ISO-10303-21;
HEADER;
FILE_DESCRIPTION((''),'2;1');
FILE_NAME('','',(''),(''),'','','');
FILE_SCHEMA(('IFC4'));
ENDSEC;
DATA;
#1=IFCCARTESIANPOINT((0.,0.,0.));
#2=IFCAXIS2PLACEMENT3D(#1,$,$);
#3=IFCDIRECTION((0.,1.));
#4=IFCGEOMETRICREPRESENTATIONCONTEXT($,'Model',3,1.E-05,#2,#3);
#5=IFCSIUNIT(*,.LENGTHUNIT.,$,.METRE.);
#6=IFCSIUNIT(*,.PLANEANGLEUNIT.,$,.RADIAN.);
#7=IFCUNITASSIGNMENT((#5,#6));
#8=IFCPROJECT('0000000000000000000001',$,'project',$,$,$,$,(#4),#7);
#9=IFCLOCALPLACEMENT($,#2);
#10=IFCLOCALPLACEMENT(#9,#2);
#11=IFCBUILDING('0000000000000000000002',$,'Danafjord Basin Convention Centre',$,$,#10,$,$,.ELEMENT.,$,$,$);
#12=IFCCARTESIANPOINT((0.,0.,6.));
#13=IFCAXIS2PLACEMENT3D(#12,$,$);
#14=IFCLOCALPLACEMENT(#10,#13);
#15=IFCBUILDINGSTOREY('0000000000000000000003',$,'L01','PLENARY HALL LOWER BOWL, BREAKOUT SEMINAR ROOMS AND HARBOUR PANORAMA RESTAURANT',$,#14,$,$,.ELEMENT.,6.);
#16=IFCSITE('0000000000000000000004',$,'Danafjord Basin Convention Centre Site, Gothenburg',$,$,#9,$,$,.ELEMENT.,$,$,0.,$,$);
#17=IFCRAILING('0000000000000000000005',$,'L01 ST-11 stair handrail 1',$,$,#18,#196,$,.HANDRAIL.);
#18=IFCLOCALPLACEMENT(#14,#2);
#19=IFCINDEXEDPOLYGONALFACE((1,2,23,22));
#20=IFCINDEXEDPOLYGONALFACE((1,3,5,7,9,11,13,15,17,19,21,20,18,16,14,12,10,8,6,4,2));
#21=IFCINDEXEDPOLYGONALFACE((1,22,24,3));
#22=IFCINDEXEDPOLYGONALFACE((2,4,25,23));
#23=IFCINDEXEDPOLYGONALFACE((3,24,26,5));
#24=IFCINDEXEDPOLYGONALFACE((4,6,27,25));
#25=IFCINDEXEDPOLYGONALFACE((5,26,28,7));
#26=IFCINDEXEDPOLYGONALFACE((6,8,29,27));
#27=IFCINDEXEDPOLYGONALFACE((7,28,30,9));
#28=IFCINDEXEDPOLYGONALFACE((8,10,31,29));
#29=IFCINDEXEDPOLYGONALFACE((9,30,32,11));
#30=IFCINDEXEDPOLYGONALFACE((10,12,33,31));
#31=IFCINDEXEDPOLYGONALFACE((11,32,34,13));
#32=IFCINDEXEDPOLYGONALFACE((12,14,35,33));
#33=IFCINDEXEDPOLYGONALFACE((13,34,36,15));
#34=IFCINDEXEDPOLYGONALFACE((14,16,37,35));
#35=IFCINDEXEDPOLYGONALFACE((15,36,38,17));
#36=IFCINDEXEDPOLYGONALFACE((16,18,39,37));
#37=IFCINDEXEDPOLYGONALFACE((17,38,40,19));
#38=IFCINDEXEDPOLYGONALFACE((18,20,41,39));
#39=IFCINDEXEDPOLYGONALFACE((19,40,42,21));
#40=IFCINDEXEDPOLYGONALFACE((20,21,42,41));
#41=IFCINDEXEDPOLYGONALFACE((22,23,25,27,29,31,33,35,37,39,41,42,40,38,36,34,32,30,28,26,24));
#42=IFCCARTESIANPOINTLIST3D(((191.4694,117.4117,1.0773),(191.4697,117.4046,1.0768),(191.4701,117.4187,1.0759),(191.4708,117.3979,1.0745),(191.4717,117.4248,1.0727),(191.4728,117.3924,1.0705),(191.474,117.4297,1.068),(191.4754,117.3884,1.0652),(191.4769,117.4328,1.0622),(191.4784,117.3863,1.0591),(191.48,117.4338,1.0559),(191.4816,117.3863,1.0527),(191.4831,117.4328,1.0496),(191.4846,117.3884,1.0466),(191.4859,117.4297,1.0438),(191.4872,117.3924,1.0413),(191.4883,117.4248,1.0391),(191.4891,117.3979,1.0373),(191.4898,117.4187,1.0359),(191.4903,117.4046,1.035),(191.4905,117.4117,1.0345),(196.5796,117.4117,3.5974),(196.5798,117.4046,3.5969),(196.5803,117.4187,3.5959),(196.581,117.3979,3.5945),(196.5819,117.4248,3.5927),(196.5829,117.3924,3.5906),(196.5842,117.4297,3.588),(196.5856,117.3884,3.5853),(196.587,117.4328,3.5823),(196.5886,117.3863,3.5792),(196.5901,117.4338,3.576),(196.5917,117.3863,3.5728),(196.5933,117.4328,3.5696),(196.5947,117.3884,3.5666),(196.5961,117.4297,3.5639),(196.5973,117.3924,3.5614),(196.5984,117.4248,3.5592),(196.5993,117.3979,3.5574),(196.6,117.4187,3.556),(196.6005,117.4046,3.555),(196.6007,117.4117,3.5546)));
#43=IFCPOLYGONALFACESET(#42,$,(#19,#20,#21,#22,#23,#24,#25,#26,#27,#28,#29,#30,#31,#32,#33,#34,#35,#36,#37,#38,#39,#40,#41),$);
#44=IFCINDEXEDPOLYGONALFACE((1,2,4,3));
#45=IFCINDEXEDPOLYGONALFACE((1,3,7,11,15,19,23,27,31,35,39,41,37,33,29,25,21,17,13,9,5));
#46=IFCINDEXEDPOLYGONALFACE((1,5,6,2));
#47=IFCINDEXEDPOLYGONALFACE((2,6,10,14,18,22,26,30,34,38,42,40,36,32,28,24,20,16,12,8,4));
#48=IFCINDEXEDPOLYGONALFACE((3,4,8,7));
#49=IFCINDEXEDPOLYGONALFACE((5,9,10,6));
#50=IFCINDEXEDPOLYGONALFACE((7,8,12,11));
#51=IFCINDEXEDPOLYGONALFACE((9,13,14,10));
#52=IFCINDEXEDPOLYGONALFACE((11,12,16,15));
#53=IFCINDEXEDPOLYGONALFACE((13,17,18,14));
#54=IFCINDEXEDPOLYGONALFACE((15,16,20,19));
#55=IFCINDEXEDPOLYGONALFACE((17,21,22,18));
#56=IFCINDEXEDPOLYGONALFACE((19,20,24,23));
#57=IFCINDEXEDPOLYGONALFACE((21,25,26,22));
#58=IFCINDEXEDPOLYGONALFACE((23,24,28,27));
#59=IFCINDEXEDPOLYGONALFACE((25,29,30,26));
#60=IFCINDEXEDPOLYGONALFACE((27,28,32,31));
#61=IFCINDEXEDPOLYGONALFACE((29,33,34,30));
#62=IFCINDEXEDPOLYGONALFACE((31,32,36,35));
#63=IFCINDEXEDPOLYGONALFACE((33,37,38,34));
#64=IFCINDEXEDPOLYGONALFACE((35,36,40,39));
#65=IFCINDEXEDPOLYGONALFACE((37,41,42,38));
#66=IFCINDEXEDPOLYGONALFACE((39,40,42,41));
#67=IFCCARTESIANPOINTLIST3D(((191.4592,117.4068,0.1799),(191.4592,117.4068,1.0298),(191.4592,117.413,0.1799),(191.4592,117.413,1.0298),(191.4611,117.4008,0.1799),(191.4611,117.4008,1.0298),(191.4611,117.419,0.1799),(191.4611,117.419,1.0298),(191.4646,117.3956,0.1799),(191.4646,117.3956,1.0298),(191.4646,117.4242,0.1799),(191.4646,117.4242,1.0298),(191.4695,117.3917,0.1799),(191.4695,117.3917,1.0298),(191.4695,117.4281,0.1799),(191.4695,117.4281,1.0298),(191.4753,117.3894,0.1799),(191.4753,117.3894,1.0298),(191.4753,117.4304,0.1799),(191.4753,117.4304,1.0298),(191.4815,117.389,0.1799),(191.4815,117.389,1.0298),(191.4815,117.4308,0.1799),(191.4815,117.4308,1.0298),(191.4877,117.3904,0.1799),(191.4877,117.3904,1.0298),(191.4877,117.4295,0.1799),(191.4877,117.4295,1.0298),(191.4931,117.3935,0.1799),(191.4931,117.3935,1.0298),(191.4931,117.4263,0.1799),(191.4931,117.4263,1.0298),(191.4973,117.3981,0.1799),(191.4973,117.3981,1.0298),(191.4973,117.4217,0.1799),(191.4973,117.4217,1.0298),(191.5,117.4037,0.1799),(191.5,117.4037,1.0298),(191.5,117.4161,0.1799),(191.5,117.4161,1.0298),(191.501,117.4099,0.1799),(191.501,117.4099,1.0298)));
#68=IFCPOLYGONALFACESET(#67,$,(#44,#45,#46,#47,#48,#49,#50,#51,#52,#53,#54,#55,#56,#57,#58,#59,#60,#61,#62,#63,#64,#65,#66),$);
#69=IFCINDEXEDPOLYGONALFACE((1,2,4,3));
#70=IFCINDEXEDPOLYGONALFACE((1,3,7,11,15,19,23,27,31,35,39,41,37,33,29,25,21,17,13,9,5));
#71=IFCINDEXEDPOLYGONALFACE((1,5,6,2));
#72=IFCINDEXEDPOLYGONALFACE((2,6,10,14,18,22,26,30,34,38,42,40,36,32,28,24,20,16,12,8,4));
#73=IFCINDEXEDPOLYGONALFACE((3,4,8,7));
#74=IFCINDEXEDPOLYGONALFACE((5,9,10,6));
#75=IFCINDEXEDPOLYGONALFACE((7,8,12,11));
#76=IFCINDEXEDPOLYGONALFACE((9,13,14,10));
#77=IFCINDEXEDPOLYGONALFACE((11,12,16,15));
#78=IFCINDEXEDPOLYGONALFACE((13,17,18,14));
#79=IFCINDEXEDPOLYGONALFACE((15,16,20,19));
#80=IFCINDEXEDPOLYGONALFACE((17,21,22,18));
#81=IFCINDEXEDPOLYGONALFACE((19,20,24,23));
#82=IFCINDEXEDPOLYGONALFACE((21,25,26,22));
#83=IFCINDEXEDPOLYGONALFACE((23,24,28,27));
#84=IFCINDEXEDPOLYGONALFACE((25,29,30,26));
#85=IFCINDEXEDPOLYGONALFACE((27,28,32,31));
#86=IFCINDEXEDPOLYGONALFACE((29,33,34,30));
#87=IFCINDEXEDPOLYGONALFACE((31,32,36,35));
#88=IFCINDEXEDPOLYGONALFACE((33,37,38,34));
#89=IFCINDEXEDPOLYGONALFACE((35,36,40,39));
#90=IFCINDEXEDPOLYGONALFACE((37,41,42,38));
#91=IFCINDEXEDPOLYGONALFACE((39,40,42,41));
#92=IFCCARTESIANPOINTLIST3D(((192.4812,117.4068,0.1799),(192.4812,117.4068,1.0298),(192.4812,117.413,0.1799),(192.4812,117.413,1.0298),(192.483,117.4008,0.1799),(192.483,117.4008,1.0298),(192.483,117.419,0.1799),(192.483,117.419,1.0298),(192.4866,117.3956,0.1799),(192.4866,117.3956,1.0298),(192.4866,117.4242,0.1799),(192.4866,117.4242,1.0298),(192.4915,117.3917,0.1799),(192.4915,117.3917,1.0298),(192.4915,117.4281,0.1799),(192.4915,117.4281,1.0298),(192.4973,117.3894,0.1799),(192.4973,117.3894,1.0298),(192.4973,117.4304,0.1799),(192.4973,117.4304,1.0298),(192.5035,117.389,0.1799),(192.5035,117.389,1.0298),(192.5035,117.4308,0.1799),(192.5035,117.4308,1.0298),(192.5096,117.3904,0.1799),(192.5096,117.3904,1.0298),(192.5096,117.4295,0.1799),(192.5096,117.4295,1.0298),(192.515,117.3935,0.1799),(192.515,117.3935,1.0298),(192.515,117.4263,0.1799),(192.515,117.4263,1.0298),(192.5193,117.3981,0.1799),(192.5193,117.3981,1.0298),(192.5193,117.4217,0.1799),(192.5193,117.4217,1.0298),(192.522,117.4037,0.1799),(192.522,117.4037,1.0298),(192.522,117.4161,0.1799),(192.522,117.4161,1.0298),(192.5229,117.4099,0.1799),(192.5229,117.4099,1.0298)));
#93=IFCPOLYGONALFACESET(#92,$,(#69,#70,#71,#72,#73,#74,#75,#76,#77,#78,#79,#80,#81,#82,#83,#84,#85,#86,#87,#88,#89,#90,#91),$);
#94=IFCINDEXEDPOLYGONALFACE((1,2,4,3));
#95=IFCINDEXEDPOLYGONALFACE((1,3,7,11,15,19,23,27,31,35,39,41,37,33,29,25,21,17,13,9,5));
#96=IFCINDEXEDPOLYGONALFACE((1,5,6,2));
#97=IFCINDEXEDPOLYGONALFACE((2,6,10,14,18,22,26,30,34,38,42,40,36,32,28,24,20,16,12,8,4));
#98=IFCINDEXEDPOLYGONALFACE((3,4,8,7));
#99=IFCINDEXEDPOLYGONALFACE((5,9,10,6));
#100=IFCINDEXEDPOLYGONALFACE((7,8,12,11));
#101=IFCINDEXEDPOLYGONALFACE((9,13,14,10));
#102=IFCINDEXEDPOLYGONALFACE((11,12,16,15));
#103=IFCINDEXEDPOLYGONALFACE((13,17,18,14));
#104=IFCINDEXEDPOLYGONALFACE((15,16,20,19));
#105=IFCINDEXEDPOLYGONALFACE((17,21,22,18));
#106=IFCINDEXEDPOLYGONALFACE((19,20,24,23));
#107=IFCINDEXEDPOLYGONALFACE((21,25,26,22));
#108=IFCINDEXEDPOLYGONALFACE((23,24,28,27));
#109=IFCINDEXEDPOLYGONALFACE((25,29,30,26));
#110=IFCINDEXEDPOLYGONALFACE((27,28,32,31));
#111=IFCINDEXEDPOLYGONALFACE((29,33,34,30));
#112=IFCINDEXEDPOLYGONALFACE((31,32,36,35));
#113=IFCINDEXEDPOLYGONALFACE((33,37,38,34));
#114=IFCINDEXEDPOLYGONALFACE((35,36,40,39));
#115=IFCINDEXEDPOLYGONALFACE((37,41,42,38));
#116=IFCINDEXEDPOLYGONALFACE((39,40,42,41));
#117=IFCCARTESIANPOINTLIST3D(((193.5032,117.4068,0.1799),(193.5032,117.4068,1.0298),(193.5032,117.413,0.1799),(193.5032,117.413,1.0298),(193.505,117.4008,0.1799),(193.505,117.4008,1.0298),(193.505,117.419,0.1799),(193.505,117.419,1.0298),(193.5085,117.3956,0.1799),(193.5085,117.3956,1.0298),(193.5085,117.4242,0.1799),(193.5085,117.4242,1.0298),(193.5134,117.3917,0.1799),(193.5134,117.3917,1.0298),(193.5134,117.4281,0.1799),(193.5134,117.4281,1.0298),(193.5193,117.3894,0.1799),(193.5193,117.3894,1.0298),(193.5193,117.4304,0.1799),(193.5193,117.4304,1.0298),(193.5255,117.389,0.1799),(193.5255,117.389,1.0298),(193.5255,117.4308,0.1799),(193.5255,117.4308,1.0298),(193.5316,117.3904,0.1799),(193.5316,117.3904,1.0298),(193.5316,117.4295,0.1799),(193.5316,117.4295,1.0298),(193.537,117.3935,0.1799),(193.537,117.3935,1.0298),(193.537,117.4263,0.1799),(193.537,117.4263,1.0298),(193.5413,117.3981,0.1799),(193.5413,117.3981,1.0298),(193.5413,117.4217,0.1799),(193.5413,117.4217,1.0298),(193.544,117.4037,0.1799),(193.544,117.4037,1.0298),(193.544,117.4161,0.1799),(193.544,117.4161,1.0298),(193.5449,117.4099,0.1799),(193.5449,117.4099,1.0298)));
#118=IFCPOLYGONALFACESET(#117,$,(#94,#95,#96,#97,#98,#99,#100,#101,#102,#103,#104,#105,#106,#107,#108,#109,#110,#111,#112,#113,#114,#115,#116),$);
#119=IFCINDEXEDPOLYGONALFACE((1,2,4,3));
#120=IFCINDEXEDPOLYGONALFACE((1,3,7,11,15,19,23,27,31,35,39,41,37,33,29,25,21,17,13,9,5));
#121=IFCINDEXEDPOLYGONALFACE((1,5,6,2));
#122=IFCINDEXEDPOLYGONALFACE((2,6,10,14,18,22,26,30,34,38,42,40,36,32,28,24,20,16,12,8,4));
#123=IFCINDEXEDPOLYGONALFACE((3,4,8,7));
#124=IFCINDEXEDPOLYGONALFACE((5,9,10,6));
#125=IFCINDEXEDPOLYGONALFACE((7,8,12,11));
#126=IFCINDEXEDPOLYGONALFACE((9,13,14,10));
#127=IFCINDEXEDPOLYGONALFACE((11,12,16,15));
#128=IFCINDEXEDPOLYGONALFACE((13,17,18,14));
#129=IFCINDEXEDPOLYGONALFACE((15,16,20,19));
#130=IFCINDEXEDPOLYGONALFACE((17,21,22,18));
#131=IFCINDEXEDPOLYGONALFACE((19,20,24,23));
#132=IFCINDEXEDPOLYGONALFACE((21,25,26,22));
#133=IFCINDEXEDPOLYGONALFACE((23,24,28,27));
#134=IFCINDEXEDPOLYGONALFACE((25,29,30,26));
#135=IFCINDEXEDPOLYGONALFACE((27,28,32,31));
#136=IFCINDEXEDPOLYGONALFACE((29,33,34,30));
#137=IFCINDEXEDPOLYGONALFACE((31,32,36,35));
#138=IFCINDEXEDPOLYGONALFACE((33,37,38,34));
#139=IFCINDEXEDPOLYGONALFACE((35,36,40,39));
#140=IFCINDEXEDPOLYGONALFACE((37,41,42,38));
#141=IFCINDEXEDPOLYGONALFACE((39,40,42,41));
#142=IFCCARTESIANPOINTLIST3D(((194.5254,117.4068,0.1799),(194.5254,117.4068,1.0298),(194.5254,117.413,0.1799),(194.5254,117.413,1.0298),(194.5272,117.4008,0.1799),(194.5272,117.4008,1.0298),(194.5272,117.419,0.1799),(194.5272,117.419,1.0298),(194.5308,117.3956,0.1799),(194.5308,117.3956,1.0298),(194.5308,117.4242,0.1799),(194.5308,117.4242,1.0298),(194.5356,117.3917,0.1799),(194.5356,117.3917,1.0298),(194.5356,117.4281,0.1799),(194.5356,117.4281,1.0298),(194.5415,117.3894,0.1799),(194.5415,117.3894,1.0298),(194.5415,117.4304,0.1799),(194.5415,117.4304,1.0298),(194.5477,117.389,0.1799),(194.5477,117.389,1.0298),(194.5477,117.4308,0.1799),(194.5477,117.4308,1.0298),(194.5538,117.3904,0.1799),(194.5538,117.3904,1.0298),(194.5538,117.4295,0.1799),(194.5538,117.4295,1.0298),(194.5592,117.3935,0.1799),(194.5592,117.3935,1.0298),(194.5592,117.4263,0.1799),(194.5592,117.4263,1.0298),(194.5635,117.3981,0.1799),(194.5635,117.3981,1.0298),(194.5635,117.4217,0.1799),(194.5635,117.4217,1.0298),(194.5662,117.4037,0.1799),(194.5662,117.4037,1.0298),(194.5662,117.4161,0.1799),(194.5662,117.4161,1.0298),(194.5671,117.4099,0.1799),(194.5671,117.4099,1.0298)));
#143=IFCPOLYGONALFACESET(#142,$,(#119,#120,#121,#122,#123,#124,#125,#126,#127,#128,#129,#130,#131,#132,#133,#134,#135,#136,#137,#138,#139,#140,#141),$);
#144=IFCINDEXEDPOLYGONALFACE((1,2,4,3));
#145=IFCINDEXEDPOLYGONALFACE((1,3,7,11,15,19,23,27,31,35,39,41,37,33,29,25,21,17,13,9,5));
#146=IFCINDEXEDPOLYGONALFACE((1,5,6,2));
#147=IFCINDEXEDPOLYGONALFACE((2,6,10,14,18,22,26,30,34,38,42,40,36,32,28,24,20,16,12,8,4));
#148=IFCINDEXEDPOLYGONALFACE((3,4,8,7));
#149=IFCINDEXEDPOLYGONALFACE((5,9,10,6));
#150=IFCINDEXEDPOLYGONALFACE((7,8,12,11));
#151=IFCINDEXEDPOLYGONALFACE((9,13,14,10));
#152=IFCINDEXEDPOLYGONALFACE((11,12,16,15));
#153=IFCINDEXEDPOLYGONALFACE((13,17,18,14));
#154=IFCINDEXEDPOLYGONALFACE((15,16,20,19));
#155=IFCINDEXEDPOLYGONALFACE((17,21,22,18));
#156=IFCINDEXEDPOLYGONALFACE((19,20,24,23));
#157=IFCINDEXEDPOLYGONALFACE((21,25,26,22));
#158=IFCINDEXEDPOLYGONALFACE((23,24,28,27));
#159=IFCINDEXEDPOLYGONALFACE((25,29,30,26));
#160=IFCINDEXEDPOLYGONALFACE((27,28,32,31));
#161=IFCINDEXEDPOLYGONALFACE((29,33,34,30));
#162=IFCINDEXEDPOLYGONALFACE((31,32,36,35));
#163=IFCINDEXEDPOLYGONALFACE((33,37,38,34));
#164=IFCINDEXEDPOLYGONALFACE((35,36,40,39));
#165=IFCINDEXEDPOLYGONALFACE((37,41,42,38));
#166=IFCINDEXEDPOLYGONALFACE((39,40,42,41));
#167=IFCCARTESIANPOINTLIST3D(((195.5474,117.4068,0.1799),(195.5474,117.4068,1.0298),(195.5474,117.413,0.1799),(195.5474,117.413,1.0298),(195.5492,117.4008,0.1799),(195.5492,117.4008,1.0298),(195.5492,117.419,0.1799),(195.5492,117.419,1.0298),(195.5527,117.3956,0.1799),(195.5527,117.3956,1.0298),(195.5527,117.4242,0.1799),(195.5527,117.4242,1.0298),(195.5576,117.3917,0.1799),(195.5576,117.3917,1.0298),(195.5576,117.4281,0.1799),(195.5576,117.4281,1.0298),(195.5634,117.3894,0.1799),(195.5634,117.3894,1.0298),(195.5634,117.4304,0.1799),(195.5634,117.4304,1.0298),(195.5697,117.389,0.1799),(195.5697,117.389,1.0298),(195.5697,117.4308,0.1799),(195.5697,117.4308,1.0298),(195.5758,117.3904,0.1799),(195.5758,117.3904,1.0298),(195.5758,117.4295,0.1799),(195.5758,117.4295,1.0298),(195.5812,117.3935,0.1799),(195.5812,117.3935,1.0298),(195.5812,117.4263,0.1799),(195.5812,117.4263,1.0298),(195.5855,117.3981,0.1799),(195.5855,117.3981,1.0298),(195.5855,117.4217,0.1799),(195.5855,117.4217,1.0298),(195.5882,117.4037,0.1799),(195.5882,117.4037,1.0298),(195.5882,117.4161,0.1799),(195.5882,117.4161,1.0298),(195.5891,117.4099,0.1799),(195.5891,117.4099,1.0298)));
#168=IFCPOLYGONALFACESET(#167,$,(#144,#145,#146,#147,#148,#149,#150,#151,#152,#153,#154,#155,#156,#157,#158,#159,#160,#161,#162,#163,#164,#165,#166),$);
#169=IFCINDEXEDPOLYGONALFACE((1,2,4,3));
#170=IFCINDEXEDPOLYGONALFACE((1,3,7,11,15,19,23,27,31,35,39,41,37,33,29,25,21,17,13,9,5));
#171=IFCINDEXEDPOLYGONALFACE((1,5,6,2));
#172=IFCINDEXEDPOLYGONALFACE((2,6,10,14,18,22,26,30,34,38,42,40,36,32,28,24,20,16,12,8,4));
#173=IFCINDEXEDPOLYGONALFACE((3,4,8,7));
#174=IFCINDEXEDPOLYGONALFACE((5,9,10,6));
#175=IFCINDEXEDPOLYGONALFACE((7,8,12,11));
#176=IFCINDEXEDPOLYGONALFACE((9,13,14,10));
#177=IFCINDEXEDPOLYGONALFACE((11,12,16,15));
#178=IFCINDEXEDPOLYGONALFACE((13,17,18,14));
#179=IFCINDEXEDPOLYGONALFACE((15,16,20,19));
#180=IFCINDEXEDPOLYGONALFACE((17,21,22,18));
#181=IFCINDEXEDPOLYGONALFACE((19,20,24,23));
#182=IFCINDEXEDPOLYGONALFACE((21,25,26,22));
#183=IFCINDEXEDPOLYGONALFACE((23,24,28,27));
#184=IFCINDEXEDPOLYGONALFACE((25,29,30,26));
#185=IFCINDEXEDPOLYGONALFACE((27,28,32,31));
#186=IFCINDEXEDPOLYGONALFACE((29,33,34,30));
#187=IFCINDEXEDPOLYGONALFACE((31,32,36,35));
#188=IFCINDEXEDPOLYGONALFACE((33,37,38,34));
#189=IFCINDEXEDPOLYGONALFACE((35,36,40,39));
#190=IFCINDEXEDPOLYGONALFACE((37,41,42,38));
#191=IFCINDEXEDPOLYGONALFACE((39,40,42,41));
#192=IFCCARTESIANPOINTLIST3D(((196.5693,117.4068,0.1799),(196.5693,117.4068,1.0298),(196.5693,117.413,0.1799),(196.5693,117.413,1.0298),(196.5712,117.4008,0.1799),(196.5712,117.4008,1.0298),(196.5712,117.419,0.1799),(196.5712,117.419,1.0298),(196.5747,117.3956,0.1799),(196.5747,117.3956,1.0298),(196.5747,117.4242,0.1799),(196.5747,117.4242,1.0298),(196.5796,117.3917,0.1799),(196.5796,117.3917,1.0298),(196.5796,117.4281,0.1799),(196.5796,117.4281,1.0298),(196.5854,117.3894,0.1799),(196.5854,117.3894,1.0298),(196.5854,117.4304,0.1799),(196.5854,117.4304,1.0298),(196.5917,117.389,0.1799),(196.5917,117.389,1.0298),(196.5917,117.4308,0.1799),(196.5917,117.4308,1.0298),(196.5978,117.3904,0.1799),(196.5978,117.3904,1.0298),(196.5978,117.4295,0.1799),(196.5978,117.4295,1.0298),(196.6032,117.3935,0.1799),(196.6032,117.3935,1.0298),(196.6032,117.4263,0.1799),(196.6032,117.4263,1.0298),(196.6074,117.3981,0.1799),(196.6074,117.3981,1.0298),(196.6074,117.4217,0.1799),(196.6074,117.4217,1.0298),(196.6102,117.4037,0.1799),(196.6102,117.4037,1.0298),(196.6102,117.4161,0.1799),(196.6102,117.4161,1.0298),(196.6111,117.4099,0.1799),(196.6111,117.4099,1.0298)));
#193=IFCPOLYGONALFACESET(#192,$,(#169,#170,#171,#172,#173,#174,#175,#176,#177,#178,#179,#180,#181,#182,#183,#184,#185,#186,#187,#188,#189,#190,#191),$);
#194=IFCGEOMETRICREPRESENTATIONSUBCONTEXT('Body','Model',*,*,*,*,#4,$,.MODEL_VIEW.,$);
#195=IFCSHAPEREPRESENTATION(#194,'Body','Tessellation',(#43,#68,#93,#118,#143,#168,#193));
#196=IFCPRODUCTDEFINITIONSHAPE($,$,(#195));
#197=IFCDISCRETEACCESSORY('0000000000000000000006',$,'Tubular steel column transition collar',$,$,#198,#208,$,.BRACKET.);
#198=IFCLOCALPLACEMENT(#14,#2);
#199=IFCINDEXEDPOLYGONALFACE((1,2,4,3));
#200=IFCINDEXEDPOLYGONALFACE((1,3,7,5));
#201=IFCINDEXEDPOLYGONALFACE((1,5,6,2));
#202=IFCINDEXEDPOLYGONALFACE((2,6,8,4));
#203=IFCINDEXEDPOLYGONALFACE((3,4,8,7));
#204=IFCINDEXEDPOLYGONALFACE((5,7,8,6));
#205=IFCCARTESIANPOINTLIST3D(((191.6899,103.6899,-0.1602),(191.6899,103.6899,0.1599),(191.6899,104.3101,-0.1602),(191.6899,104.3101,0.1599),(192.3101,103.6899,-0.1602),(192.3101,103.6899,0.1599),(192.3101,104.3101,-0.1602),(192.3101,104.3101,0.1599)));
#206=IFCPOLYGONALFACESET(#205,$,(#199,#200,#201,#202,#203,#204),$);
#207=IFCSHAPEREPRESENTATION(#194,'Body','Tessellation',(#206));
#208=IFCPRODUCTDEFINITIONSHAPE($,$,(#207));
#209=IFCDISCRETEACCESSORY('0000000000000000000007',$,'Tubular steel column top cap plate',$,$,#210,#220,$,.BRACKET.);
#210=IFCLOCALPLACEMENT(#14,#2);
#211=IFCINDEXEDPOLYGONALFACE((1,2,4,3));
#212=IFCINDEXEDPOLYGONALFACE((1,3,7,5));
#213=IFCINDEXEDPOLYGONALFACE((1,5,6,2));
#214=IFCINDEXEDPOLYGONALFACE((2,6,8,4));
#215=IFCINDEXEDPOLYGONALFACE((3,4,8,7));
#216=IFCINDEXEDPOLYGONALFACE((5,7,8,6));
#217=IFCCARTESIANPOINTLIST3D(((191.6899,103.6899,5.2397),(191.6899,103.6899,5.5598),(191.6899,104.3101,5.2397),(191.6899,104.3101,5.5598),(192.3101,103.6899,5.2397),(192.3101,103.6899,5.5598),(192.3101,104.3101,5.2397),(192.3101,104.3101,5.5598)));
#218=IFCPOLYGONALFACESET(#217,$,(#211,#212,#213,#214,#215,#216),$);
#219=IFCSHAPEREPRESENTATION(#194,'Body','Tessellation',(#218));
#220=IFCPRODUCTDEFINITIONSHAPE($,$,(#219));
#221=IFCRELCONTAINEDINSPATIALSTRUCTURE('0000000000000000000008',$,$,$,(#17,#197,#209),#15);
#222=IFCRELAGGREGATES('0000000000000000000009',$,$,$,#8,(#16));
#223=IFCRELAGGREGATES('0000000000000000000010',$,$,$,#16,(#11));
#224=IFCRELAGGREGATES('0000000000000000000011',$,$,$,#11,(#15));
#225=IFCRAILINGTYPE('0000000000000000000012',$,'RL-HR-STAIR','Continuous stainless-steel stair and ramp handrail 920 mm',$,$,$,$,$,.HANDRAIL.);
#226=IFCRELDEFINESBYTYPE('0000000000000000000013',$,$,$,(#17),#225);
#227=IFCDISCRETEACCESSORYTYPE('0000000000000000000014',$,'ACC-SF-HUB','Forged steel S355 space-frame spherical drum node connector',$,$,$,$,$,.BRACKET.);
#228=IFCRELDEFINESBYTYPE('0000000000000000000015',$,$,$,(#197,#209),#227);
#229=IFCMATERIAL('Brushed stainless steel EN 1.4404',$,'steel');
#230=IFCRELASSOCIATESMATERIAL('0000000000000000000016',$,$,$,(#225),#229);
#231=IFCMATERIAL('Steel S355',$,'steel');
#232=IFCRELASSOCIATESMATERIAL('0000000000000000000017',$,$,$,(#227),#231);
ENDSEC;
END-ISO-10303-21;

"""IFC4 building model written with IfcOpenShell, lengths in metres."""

from ifc_helpers import new_model, si_unit, direction, frame, origin, origin_2d, place, context, subcontext, project, spatial, rectangle, circle, extrude, material, type_object, element, save


model = new_model("IFC4")

# Units and contexts
model_context = context("Model", 3, precision=1e-05, world=origin(), true_north=direction((0.0, 1.0)))
body_context = subcontext(model_context, "Body", "Model", "MODEL_VIEW")
ifc_project = project(units=[si_unit("LENGTHUNIT", "METRE"), si_unit("PLANEANGLEUNIT", "RADIAN")], contexts=[model_context])

# Site, building, storey
site_placement = place(None, origin())
site = spatial("IfcSite", under=ifc_project, at=site_placement, Name="Danafjord Basin Convention Centre Site, Gothenburg", CompositionType="ELEMENT", RefElevation=0.0)
building_placement = place(site_placement, origin())
building = spatial("IfcBuilding", under=site, at=building_placement, Name="Danafjord Basin Convention Centre", CompositionType="ELEMENT")
storey_placement = place(building_placement, frame((0.0, 0.0, 6.0)))
storey = spatial("IfcBuildingStorey", under=building, at=storey_placement, Name="L01", Description="PLENARY HALL LOWER BOWL, BREAKOUT SEMINAR ROOMS AND HARBOUR PANORAMA RESTAURANT", CompositionType="ELEMENT", Elevation=6.0)

# Shared definitions
ifc_material_1 = material(Name="Steel S355", Category="steel")

# Railing
ifc_material_2 = material(Name="Brushed stainless steel EN 1.4404", Category="steel")
railing_type_1 = type_object("IfcRailingType", Name="RL-HR-STAIR", Description="Continuous stainless-steel stair and ramp handrail 920 mm", PredefinedType="HANDRAIL", material=ifc_material_2)
railing_1_placement = place(storey_placement, frame((191.48, 117.4099, 0.1799)))
element("IfcRailing", 1, at=railing_1_placement, inside=storey, type_object=railing_type_1, Name="L01 ST-11 stair handrail 1", PredefinedType="HANDRAIL", context=body_context, shape_type="SweptSolid", body=[
    extrude(circle(Radius=0.0239, at=origin_2d()), frame((0.0, 0.0, 0.876), z_axis=(0.896873, 0.0, 0.442288), x_axis=(0.0, 1.0, 0.0)), (0.0, 0.0, 1.0), 5.6978),
    extrude(circle(Radius=0.021, at=origin_2d()), origin(), (0.0, 0.0, 1.0), 0.8499),
    extrude(circle(Radius=0.021, at=origin_2d()), frame((1.022, 0.0, 0.0)), (0.0, 0.0, 1.0), 0.8499),
    extrude(circle(Radius=0.021, at=origin_2d()), frame((2.0439, 0.0, 0.0)), (0.0, 0.0, 1.0), 0.8499),
    extrude(circle(Radius=0.021, at=origin_2d()), frame((3.0662, 0.0, 0.0)), (0.0, 0.0, 1.0), 0.8499),
    extrude(circle(Radius=0.021, at=origin_2d()), frame((4.0881, 0.0, 0.0)), (0.0, 0.0, 1.0), 0.8499),
    extrude(circle(Radius=0.021, at=origin_2d()), frame((5.1101, 0.0, 0.0)), (0.0, 0.0, 1.0), 0.8499),
])

# Discrete accessories
discrete_accessory_type = type_object("IfcDiscreteAccessoryType", Name="ACC-SF-HUB", Description="Forged steel S355 space-frame spherical drum node connector", PredefinedType="BRACKET", material=ifc_material_1)
for number, where, z_axis, x_axis, name in (
    (2, (192.0, 104.0, -0.1602), (0.0, 0.0, 1.0), (1.0, 0.0, 0.0), "Tubular steel column transition collar"),
    (3, (192.0, 104.0, 5.2397), (0.0, 0.0, 1.0), (1.0, 0.0, 0.0), "Tubular steel column top cap plate"),
):
    element("IfcDiscreteAccessory", number, at=place(storey_placement, frame(where, z_axis=z_axis, x_axis=x_axis)), inside=storey, type_object=discrete_accessory_type, Name=name, PredefinedType="BRACKET", context=body_context, shape_type="SweptSolid", body=[
        extrude(rectangle(XDim=0.6201, YDim=0.6201, at=origin_2d()), origin(), (0.0, 0.0, 1.0), 0.3201),
    ])

save(model, "model.ifc")
